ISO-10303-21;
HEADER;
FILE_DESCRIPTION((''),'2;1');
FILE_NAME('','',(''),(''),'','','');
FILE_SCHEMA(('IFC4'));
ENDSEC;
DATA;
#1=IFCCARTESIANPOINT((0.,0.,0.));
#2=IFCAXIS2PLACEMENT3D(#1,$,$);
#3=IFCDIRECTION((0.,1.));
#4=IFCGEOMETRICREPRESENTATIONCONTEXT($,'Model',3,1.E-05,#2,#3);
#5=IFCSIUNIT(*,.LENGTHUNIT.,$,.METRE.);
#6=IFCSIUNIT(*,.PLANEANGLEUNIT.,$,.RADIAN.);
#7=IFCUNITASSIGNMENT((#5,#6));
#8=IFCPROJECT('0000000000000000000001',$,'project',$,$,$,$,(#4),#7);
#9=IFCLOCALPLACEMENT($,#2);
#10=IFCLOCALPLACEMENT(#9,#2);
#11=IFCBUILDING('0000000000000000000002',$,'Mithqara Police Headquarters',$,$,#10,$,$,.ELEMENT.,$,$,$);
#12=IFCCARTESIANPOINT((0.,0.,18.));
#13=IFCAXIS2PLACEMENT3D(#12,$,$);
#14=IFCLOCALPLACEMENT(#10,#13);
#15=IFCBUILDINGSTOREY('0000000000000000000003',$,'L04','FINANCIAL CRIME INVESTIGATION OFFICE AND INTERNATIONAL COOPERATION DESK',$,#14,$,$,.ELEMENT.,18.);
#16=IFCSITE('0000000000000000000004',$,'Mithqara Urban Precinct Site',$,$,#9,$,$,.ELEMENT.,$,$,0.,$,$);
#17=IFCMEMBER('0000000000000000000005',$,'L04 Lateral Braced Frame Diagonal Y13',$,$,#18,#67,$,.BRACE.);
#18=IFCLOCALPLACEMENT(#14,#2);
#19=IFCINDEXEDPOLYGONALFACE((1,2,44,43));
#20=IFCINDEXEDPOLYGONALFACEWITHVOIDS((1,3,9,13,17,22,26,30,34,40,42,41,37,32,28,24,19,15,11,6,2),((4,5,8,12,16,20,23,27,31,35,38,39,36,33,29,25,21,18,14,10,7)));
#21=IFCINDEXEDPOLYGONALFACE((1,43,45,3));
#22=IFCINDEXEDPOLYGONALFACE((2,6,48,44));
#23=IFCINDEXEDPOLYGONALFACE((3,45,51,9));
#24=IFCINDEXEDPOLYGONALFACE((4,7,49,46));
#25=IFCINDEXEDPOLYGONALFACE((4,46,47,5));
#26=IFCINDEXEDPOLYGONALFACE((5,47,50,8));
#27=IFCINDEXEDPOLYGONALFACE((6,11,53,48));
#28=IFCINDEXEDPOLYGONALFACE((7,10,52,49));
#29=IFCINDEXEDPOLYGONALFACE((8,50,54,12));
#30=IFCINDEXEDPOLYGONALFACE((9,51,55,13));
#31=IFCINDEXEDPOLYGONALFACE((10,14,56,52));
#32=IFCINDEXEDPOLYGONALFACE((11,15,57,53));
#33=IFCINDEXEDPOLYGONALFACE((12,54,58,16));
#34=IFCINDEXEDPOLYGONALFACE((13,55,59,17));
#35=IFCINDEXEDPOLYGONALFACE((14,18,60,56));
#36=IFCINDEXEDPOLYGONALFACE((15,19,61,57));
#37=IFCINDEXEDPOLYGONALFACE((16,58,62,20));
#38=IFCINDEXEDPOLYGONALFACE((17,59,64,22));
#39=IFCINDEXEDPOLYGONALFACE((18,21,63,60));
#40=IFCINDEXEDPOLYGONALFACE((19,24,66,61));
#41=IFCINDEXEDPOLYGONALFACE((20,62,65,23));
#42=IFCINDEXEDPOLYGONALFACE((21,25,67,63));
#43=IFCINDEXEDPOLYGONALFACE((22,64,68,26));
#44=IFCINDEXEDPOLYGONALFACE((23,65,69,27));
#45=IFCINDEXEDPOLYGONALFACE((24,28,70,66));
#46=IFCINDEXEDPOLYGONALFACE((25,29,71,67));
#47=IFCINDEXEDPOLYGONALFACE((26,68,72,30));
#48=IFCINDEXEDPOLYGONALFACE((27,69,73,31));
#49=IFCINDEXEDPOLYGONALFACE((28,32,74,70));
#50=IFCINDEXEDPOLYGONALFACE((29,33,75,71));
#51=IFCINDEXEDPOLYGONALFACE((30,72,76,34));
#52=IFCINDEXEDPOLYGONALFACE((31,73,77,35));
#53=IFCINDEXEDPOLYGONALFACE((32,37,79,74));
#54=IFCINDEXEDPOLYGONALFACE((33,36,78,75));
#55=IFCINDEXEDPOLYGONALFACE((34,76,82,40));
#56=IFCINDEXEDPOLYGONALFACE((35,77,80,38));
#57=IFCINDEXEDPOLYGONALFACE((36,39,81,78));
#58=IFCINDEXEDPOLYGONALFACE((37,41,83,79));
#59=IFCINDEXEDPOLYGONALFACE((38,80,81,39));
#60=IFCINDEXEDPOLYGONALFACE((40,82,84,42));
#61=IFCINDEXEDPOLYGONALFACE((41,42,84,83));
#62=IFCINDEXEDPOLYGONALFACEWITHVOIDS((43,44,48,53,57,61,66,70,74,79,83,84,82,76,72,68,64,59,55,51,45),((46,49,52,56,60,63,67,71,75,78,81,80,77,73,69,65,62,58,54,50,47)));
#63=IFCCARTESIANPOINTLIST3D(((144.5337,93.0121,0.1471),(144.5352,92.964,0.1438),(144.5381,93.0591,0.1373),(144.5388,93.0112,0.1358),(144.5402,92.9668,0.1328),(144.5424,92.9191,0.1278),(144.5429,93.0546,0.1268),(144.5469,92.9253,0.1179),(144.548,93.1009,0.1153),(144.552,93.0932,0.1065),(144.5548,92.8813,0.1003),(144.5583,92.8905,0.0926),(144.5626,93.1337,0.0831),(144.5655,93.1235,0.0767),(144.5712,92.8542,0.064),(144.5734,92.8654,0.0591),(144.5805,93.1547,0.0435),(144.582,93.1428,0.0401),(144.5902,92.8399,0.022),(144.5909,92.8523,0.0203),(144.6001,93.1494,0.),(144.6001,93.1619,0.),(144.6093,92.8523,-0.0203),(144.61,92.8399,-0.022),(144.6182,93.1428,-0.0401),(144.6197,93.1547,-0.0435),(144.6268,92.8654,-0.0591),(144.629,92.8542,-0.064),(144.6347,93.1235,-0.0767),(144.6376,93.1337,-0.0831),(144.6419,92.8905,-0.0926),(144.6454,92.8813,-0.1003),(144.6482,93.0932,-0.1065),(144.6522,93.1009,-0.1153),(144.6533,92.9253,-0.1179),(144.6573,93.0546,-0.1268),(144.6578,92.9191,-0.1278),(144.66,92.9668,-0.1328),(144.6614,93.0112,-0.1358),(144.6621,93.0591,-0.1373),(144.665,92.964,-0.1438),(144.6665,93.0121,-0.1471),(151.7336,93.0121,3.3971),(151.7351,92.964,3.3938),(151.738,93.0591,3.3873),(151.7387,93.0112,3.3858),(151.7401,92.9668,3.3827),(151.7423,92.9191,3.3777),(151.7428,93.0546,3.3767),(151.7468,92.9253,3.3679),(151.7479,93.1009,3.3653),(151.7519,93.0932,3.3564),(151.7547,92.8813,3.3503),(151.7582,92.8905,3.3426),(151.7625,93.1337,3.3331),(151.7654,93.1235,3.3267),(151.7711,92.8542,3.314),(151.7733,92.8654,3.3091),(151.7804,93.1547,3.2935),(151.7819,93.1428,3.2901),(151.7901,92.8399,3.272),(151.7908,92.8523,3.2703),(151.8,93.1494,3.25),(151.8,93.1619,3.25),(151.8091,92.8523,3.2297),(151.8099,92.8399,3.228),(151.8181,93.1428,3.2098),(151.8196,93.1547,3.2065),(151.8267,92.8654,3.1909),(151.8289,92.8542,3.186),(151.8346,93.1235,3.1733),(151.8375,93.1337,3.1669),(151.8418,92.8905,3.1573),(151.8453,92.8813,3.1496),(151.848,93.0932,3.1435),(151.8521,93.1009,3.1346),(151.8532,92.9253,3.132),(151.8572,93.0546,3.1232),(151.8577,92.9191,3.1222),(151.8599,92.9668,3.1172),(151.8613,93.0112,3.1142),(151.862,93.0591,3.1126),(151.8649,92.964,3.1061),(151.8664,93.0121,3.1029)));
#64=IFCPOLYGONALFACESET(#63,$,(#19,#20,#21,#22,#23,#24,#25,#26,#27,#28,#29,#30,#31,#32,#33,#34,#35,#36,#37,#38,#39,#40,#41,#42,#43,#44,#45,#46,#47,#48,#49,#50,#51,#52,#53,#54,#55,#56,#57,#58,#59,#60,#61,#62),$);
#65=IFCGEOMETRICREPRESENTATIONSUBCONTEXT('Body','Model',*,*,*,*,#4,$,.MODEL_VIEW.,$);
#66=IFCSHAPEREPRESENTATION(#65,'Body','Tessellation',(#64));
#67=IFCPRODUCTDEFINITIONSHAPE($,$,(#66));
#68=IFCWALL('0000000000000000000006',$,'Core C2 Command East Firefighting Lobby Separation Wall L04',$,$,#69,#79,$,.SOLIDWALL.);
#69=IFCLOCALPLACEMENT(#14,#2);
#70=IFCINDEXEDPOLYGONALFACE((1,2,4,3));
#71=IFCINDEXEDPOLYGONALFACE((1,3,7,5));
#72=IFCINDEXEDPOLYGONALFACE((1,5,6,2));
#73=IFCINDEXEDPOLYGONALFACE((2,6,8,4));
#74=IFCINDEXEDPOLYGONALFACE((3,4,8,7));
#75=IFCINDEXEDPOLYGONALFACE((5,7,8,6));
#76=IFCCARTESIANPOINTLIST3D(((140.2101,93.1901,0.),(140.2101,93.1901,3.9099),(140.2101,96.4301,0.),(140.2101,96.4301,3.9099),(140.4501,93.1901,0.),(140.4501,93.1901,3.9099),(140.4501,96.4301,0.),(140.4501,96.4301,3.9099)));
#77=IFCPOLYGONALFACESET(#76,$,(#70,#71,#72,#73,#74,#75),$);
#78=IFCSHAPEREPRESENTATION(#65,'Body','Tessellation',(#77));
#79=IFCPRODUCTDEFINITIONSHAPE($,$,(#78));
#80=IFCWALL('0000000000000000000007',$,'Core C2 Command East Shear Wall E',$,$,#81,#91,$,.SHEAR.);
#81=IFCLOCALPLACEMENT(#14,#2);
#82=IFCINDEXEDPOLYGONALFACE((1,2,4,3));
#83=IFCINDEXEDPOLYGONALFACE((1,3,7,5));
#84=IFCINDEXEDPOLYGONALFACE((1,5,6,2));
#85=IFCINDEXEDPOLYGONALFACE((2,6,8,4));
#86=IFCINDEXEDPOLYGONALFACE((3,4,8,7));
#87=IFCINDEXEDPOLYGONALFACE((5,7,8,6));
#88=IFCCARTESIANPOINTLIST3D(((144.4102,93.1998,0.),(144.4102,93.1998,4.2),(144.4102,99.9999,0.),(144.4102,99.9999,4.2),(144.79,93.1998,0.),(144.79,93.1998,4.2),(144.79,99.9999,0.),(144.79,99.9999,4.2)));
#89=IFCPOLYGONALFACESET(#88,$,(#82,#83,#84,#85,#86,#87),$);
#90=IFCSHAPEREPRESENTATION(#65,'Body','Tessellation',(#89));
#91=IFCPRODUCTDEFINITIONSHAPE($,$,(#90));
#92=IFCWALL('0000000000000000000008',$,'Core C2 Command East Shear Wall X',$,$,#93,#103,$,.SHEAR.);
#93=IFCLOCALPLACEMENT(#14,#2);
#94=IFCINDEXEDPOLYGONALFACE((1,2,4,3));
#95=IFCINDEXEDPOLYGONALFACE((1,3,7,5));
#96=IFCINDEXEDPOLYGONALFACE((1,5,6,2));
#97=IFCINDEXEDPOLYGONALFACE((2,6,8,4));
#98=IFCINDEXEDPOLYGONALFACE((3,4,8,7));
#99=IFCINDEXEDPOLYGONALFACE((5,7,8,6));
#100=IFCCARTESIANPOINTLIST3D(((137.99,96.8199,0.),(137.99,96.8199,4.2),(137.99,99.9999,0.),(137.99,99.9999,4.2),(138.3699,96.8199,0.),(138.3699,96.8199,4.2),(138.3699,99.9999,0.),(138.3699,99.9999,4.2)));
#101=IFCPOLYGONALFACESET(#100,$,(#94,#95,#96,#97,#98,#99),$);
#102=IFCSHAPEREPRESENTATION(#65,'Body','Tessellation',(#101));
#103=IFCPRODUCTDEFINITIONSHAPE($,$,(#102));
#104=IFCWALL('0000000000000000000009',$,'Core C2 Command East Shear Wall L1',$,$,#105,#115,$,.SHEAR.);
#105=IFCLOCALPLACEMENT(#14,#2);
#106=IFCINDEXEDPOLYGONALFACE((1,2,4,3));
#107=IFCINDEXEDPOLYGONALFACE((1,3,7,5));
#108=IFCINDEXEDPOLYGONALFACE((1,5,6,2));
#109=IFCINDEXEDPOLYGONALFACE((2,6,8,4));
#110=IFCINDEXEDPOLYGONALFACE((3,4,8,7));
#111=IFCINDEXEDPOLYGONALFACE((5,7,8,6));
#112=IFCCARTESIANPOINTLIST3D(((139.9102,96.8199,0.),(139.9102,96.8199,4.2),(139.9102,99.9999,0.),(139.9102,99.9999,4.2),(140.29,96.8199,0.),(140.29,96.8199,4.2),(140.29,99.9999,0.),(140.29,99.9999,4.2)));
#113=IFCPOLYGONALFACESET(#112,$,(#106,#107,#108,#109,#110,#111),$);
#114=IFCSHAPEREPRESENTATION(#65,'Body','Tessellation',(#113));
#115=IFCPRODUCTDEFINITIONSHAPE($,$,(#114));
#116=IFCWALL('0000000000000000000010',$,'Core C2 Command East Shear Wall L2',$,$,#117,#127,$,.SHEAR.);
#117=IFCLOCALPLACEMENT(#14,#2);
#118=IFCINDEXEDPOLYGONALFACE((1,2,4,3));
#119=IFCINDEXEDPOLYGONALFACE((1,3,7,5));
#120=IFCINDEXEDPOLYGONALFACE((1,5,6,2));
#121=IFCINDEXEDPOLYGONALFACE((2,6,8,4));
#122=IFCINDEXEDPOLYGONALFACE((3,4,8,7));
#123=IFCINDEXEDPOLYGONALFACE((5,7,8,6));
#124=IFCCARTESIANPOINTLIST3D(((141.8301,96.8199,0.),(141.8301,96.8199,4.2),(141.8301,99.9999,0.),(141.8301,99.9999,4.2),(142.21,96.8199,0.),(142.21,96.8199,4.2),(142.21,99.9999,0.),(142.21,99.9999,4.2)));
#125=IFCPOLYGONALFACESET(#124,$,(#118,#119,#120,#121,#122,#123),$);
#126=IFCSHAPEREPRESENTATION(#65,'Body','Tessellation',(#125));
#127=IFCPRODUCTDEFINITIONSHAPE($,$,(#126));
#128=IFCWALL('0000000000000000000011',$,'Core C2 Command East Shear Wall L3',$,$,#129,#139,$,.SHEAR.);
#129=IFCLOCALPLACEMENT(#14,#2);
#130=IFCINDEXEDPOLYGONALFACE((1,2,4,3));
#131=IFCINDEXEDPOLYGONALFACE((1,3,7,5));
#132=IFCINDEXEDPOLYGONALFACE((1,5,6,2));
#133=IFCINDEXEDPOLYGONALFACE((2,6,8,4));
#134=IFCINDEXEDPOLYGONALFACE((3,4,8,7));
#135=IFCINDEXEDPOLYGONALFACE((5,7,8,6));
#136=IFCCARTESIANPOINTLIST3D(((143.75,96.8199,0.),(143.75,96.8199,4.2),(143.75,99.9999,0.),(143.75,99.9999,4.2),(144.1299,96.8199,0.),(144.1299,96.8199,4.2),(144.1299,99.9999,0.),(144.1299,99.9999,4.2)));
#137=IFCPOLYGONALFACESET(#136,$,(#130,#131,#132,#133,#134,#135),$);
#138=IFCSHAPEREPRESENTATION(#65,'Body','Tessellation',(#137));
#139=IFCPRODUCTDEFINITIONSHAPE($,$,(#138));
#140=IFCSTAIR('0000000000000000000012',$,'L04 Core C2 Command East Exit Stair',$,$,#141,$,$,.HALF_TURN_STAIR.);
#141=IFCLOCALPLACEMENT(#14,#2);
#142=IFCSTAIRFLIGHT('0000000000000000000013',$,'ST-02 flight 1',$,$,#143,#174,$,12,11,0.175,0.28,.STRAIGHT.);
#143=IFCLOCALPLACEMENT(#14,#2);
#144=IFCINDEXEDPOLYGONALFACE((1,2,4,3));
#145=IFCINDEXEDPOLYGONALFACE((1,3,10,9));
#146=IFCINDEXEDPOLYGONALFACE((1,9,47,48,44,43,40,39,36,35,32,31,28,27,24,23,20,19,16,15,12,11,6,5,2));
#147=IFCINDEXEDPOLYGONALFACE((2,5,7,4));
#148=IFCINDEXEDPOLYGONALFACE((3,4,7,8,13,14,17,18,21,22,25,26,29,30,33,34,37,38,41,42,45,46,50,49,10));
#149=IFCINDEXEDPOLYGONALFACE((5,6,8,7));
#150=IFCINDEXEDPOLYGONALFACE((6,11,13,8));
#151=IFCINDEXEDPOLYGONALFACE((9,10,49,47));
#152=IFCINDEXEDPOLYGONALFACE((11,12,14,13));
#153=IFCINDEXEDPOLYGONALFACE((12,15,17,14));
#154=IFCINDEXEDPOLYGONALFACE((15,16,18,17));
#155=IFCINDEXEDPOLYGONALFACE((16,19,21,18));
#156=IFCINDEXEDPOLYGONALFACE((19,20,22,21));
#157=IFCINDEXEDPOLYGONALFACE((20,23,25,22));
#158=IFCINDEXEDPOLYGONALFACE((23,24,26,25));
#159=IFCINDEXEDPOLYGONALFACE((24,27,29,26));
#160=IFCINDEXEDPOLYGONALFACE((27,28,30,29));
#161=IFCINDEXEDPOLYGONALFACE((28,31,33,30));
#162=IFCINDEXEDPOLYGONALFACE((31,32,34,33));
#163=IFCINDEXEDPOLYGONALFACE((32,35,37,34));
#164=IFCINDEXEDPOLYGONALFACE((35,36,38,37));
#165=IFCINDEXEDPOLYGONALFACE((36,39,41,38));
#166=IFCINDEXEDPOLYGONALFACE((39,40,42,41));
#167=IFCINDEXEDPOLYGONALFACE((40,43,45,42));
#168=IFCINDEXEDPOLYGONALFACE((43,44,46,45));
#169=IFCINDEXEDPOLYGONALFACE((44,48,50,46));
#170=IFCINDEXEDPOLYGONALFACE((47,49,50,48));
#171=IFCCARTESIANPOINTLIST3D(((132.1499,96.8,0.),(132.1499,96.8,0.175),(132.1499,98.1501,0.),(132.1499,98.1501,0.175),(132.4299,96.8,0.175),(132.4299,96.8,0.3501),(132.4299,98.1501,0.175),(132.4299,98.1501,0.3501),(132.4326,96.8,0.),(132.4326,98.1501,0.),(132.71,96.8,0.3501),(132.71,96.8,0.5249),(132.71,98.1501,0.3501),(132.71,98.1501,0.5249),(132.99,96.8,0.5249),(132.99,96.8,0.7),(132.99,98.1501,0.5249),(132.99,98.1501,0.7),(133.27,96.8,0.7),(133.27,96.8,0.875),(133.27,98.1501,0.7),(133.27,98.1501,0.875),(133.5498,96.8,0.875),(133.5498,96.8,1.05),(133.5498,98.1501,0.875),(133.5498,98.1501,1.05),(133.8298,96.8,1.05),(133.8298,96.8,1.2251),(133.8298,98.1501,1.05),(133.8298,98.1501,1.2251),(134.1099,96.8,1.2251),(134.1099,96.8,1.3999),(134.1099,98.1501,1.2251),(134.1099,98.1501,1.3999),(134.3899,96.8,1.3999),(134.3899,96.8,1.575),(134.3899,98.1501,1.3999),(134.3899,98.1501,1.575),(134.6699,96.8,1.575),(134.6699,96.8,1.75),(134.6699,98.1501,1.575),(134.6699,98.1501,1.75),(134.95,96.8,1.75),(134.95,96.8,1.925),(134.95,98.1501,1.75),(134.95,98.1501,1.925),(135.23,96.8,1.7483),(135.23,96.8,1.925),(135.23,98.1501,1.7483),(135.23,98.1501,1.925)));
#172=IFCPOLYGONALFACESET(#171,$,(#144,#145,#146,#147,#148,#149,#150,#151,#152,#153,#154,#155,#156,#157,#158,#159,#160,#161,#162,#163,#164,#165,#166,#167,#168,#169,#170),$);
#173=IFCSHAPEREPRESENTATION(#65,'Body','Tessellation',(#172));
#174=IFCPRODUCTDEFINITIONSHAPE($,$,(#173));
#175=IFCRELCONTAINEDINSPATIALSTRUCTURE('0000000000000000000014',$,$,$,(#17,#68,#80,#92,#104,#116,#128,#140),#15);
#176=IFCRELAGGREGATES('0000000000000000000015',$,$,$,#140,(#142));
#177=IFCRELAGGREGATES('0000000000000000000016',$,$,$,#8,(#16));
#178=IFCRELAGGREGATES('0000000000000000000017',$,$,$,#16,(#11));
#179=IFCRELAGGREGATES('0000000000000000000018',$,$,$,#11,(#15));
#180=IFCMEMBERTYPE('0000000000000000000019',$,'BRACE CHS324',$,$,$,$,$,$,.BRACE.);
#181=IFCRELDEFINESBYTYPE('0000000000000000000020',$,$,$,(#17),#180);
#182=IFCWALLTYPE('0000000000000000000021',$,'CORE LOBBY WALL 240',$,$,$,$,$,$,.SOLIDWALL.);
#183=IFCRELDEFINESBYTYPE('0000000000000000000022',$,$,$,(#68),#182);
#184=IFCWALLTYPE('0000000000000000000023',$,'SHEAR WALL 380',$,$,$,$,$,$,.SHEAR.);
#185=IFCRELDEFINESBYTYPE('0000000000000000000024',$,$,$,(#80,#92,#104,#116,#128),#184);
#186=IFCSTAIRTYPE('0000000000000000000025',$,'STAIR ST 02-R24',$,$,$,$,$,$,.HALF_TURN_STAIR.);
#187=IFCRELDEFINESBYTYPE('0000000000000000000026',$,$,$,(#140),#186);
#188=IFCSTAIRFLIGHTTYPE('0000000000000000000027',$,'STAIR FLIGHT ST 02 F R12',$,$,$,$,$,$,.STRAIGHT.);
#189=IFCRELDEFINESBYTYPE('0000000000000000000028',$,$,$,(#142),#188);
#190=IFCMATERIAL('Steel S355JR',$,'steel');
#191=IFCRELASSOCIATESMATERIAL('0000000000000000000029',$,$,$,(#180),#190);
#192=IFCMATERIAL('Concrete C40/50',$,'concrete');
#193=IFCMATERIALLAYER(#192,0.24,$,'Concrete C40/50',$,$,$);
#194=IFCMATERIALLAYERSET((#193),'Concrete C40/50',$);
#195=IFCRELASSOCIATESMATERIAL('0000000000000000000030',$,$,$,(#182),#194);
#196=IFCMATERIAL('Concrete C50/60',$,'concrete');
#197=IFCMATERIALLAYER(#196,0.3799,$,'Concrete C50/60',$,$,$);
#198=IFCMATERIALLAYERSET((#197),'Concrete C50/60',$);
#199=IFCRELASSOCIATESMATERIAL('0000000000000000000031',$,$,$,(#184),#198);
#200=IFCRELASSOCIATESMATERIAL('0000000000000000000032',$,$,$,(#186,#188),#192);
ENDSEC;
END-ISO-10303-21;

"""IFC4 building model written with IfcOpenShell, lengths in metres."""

from ifc_helpers import new_model, si_unit, direction, frame, frame_2d, origin, origin_2d, place, context, subcontext, project, spatial, polyline, rectangle, hollow_circle, outline, extrude, material, layer, layer_set, material_profile, profile_set, type_object, element, aggregate, save


model = new_model("IFC4")

# Units and contexts
model_context = context("Model", 3, precision=1e-05, world=origin(), true_north=direction((0.0, 1.0)))
body_context = subcontext(model_context, "Body", "Model", "MODEL_VIEW")
ifc_project = project(units=[si_unit("LENGTHUNIT", "METRE"), si_unit("PLANEANGLEUNIT", "RADIAN")], contexts=[model_context])

# Site, building, storey
site_placement = place(None, origin())
site = spatial("IfcSite", under=ifc_project, at=site_placement, Name="Mithqara Urban Precinct Site", CompositionType="ELEMENT", RefElevation=0.0)
building_placement = place(site_placement, origin())
building = spatial("IfcBuilding", under=site, at=building_placement, Name="Mithqara Police Headquarters", CompositionType="ELEMENT")
storey_placement = place(building_placement, frame((0.0, 0.0, 18.0)))
storey = spatial("IfcBuildingStorey", under=building, at=storey_placement, Name="L04", Description="FINANCIAL CRIME INVESTIGATION OFFICE AND INTERNATIONAL COOPERATION DESK", CompositionType="ELEMENT", Elevation=18.0)

# Shared definitions
ifc_material_1 = material(Name="Steel S355JR", Category="steel")
ifc_material_2 = material(Name="Concrete C40/50", Category="concrete")

# Member
ifc_material_profile_1 = material_profile(ifc_material_1, hollow_circle(Radius=0.1619, WallThickness=0.0125, at=origin_2d()), Name="CHS 323.9x12.5")
ifc_profile_set_1 = profile_set([ifc_material_profile_1], Name="Steel S355JR")
member_type = type_object("IfcMemberType", Name="BRACE CHS324", PredefinedType="BRACE", material=ifc_profile_set_1)
member_placement = place(storey_placement, frame((144.6001, 93.0, 0.0), z_axis=(0.911446, 0.0, 0.411419), x_axis=(0.0, 1.0, 0.0)))
element("IfcMember", 1, at=member_placement, inside=storey, type_object=member_type, Name="L04 Lateral Braced Frame Diagonal Y13", PredefinedType="BRACE", context=body_context, shape_type="SweptSolid", body=[
    extrude(hollow_circle(Radius=0.1619, WallThickness=0.0125, at=origin_2d()), origin(), (0.0, 0.0, 1.0), 7.8994),
])

# Walls
ifc_layer_1 = layer(ifc_material_2, 0.24, Name="Concrete C40/50")
ifc_layer_set_1 = layer_set([ifc_layer_1], Name="Concrete C40/50")
wall_type_1 = type_object("IfcWallType", Name="CORE LOBBY WALL 240", PredefinedType="SOLIDWALL", material=ifc_layer_set_1)
wall_1_placement = place(storey_placement, frame((140.3301, 93.1899, 0.0), z_axis=(0.0, 0.0, 1.0), x_axis=(0.0, 1.0, 0.0)))
element("IfcWall", 2, at=wall_1_placement, inside=storey, type_object=wall_type_1, Name="Core C2 Command East Firefighting Lobby Separation Wall L04", PredefinedType="SOLIDWALL", context=body_context, shape_type="SweptSolid", body=[
    extrude(rectangle(XDim=3.24, YDim=0.24, at=frame_2d((1.6201, 0.0))), origin(), (0.0, 0.0, 1.0), 3.9099),
])
ifc_material_3 = material(Name="Concrete C50/60", Category="concrete")
ifc_layer_2 = layer(ifc_material_3, 0.3799, Name="Concrete C50/60")
ifc_layer_set_2 = layer_set([ifc_layer_2], Name="Concrete C50/60")
wall_type_2 = type_object("IfcWallType", Name="SHEAR WALL 380", PredefinedType="SHEAR", material=ifc_layer_set_2)
wall_2_placement = place(storey_placement, frame((144.6001, 93.2, 0.0), z_axis=(0.0, 0.0, 1.0), x_axis=(0.0, 1.0, 0.0)))
element("IfcWall", 3, at=wall_2_placement, inside=storey, type_object=wall_type_2, Name="Core C2 Command East Shear Wall E", PredefinedType="SHEAR", context=body_context, shape_type="SweptSolid", body=[
    extrude(rectangle(XDim=6.8, YDim=0.3799, at=frame_2d((3.3999, 0.0))), origin(), (0.0, 0.0, 1.0), 4.2),
])
for number, where, z_axis, x_axis, name in (
    (4, (138.1799, 96.8201, 0.0), (0.0, 0.0, 1.0), (0.0, 1.0, 0.0), "Core C2 Command East Shear Wall X"),
    (5, (140.1001, 96.8201, 0.0), (0.0, 0.0, 1.0), (0.0, 1.0, 0.0), "Core C2 Command East Shear Wall L1"),
    (6, (142.02, 96.8201, 0.0), (0.0, 0.0, 1.0), (0.0, 1.0, 0.0), "Core C2 Command East Shear Wall L2"),
    (7, (143.9399, 96.8201, 0.0), (0.0, 0.0, 1.0), (0.0, 1.0, 0.0), "Core C2 Command East Shear Wall L3"),
):
    element("IfcWall", number, at=place(storey_placement, frame(where, z_axis=z_axis, x_axis=x_axis)), inside=storey, type_object=wall_type_2, Name=name, PredefinedType="SHEAR", context=body_context, shape_type="SweptSolid", body=[
        extrude(rectangle(XDim=3.1799, YDim=0.3799, at=frame_2d((1.5898, 0.0))), origin(), (0.0, 0.0, 1.0), 4.2),
    ])

# Stair, stair flight
stair_type = type_object("IfcStairType", Name="STAIR ST 02-R24", PredefinedType="HALF_TURN_STAIR", material=ifc_material_2)
stair_placement = place(storey_placement, origin())
stair = element("IfcStair", 8, at=stair_placement, inside=storey, type_object=stair_type, Name="L04 Core C2 Command East Exit Stair", PredefinedType="HALF_TURN_STAIR")
stair_flight_type = type_object("IfcStairFlightType", Name="STAIR FLIGHT ST 02 F R12", PredefinedType="STRAIGHT", material=ifc_material_2)
stair_flight_1_placement = place(storey_placement, frame((132.1499, 97.4751, 0.0), z_axis=(0.0, 0.0, 1.0), x_axis=(1.0, 0.0, 0.0)))
stair_flight_1 = element("IfcStairFlight", 9, at=stair_flight_1_placement, type_object=stair_flight_type, Name="ST-02 flight 1", NumberOfRisers=12, NumberOfTreads=11, PredefinedType="STRAIGHT", RiserHeight=0.175, TreadLength=0.28, context=body_context, shape_type="SweptSolid", body=[
    extrude(outline(polyline([(0.0, 0.0), (0.0, 0.175), (0.28, 0.175), (0.28, 0.3501), (0.5601, 0.3501), (0.5601, 0.5249), (0.8401, 0.5249), (0.8401, 0.7), (1.1201, 0.7), (1.1201, 0.875), (1.3999, 0.875), (1.3999, 1.05), (1.6799, 1.05), (1.6799, 1.2251), (1.96, 1.2251), (1.96, 1.3999), (2.24, 1.3999), (2.24, 1.575), (2.52, 1.575), (2.52, 1.75), (2.8, 1.75), (2.8, 1.925), (3.0801, 1.925), (3.0801, 2.1001), (3.0801, 1.7483), (0.2827, 0.0), (0.0, 0.0)])), frame((0.0, 0.675, 0.0), z_axis=(0.0, -1.0, 0.0), x_axis=(1.0, 0.0, 0.0)), (0.0, 0.0, 1.0), 1.3501),
])
aggregate(stair, [stair_flight_1])

save(model, "model.ifc")
